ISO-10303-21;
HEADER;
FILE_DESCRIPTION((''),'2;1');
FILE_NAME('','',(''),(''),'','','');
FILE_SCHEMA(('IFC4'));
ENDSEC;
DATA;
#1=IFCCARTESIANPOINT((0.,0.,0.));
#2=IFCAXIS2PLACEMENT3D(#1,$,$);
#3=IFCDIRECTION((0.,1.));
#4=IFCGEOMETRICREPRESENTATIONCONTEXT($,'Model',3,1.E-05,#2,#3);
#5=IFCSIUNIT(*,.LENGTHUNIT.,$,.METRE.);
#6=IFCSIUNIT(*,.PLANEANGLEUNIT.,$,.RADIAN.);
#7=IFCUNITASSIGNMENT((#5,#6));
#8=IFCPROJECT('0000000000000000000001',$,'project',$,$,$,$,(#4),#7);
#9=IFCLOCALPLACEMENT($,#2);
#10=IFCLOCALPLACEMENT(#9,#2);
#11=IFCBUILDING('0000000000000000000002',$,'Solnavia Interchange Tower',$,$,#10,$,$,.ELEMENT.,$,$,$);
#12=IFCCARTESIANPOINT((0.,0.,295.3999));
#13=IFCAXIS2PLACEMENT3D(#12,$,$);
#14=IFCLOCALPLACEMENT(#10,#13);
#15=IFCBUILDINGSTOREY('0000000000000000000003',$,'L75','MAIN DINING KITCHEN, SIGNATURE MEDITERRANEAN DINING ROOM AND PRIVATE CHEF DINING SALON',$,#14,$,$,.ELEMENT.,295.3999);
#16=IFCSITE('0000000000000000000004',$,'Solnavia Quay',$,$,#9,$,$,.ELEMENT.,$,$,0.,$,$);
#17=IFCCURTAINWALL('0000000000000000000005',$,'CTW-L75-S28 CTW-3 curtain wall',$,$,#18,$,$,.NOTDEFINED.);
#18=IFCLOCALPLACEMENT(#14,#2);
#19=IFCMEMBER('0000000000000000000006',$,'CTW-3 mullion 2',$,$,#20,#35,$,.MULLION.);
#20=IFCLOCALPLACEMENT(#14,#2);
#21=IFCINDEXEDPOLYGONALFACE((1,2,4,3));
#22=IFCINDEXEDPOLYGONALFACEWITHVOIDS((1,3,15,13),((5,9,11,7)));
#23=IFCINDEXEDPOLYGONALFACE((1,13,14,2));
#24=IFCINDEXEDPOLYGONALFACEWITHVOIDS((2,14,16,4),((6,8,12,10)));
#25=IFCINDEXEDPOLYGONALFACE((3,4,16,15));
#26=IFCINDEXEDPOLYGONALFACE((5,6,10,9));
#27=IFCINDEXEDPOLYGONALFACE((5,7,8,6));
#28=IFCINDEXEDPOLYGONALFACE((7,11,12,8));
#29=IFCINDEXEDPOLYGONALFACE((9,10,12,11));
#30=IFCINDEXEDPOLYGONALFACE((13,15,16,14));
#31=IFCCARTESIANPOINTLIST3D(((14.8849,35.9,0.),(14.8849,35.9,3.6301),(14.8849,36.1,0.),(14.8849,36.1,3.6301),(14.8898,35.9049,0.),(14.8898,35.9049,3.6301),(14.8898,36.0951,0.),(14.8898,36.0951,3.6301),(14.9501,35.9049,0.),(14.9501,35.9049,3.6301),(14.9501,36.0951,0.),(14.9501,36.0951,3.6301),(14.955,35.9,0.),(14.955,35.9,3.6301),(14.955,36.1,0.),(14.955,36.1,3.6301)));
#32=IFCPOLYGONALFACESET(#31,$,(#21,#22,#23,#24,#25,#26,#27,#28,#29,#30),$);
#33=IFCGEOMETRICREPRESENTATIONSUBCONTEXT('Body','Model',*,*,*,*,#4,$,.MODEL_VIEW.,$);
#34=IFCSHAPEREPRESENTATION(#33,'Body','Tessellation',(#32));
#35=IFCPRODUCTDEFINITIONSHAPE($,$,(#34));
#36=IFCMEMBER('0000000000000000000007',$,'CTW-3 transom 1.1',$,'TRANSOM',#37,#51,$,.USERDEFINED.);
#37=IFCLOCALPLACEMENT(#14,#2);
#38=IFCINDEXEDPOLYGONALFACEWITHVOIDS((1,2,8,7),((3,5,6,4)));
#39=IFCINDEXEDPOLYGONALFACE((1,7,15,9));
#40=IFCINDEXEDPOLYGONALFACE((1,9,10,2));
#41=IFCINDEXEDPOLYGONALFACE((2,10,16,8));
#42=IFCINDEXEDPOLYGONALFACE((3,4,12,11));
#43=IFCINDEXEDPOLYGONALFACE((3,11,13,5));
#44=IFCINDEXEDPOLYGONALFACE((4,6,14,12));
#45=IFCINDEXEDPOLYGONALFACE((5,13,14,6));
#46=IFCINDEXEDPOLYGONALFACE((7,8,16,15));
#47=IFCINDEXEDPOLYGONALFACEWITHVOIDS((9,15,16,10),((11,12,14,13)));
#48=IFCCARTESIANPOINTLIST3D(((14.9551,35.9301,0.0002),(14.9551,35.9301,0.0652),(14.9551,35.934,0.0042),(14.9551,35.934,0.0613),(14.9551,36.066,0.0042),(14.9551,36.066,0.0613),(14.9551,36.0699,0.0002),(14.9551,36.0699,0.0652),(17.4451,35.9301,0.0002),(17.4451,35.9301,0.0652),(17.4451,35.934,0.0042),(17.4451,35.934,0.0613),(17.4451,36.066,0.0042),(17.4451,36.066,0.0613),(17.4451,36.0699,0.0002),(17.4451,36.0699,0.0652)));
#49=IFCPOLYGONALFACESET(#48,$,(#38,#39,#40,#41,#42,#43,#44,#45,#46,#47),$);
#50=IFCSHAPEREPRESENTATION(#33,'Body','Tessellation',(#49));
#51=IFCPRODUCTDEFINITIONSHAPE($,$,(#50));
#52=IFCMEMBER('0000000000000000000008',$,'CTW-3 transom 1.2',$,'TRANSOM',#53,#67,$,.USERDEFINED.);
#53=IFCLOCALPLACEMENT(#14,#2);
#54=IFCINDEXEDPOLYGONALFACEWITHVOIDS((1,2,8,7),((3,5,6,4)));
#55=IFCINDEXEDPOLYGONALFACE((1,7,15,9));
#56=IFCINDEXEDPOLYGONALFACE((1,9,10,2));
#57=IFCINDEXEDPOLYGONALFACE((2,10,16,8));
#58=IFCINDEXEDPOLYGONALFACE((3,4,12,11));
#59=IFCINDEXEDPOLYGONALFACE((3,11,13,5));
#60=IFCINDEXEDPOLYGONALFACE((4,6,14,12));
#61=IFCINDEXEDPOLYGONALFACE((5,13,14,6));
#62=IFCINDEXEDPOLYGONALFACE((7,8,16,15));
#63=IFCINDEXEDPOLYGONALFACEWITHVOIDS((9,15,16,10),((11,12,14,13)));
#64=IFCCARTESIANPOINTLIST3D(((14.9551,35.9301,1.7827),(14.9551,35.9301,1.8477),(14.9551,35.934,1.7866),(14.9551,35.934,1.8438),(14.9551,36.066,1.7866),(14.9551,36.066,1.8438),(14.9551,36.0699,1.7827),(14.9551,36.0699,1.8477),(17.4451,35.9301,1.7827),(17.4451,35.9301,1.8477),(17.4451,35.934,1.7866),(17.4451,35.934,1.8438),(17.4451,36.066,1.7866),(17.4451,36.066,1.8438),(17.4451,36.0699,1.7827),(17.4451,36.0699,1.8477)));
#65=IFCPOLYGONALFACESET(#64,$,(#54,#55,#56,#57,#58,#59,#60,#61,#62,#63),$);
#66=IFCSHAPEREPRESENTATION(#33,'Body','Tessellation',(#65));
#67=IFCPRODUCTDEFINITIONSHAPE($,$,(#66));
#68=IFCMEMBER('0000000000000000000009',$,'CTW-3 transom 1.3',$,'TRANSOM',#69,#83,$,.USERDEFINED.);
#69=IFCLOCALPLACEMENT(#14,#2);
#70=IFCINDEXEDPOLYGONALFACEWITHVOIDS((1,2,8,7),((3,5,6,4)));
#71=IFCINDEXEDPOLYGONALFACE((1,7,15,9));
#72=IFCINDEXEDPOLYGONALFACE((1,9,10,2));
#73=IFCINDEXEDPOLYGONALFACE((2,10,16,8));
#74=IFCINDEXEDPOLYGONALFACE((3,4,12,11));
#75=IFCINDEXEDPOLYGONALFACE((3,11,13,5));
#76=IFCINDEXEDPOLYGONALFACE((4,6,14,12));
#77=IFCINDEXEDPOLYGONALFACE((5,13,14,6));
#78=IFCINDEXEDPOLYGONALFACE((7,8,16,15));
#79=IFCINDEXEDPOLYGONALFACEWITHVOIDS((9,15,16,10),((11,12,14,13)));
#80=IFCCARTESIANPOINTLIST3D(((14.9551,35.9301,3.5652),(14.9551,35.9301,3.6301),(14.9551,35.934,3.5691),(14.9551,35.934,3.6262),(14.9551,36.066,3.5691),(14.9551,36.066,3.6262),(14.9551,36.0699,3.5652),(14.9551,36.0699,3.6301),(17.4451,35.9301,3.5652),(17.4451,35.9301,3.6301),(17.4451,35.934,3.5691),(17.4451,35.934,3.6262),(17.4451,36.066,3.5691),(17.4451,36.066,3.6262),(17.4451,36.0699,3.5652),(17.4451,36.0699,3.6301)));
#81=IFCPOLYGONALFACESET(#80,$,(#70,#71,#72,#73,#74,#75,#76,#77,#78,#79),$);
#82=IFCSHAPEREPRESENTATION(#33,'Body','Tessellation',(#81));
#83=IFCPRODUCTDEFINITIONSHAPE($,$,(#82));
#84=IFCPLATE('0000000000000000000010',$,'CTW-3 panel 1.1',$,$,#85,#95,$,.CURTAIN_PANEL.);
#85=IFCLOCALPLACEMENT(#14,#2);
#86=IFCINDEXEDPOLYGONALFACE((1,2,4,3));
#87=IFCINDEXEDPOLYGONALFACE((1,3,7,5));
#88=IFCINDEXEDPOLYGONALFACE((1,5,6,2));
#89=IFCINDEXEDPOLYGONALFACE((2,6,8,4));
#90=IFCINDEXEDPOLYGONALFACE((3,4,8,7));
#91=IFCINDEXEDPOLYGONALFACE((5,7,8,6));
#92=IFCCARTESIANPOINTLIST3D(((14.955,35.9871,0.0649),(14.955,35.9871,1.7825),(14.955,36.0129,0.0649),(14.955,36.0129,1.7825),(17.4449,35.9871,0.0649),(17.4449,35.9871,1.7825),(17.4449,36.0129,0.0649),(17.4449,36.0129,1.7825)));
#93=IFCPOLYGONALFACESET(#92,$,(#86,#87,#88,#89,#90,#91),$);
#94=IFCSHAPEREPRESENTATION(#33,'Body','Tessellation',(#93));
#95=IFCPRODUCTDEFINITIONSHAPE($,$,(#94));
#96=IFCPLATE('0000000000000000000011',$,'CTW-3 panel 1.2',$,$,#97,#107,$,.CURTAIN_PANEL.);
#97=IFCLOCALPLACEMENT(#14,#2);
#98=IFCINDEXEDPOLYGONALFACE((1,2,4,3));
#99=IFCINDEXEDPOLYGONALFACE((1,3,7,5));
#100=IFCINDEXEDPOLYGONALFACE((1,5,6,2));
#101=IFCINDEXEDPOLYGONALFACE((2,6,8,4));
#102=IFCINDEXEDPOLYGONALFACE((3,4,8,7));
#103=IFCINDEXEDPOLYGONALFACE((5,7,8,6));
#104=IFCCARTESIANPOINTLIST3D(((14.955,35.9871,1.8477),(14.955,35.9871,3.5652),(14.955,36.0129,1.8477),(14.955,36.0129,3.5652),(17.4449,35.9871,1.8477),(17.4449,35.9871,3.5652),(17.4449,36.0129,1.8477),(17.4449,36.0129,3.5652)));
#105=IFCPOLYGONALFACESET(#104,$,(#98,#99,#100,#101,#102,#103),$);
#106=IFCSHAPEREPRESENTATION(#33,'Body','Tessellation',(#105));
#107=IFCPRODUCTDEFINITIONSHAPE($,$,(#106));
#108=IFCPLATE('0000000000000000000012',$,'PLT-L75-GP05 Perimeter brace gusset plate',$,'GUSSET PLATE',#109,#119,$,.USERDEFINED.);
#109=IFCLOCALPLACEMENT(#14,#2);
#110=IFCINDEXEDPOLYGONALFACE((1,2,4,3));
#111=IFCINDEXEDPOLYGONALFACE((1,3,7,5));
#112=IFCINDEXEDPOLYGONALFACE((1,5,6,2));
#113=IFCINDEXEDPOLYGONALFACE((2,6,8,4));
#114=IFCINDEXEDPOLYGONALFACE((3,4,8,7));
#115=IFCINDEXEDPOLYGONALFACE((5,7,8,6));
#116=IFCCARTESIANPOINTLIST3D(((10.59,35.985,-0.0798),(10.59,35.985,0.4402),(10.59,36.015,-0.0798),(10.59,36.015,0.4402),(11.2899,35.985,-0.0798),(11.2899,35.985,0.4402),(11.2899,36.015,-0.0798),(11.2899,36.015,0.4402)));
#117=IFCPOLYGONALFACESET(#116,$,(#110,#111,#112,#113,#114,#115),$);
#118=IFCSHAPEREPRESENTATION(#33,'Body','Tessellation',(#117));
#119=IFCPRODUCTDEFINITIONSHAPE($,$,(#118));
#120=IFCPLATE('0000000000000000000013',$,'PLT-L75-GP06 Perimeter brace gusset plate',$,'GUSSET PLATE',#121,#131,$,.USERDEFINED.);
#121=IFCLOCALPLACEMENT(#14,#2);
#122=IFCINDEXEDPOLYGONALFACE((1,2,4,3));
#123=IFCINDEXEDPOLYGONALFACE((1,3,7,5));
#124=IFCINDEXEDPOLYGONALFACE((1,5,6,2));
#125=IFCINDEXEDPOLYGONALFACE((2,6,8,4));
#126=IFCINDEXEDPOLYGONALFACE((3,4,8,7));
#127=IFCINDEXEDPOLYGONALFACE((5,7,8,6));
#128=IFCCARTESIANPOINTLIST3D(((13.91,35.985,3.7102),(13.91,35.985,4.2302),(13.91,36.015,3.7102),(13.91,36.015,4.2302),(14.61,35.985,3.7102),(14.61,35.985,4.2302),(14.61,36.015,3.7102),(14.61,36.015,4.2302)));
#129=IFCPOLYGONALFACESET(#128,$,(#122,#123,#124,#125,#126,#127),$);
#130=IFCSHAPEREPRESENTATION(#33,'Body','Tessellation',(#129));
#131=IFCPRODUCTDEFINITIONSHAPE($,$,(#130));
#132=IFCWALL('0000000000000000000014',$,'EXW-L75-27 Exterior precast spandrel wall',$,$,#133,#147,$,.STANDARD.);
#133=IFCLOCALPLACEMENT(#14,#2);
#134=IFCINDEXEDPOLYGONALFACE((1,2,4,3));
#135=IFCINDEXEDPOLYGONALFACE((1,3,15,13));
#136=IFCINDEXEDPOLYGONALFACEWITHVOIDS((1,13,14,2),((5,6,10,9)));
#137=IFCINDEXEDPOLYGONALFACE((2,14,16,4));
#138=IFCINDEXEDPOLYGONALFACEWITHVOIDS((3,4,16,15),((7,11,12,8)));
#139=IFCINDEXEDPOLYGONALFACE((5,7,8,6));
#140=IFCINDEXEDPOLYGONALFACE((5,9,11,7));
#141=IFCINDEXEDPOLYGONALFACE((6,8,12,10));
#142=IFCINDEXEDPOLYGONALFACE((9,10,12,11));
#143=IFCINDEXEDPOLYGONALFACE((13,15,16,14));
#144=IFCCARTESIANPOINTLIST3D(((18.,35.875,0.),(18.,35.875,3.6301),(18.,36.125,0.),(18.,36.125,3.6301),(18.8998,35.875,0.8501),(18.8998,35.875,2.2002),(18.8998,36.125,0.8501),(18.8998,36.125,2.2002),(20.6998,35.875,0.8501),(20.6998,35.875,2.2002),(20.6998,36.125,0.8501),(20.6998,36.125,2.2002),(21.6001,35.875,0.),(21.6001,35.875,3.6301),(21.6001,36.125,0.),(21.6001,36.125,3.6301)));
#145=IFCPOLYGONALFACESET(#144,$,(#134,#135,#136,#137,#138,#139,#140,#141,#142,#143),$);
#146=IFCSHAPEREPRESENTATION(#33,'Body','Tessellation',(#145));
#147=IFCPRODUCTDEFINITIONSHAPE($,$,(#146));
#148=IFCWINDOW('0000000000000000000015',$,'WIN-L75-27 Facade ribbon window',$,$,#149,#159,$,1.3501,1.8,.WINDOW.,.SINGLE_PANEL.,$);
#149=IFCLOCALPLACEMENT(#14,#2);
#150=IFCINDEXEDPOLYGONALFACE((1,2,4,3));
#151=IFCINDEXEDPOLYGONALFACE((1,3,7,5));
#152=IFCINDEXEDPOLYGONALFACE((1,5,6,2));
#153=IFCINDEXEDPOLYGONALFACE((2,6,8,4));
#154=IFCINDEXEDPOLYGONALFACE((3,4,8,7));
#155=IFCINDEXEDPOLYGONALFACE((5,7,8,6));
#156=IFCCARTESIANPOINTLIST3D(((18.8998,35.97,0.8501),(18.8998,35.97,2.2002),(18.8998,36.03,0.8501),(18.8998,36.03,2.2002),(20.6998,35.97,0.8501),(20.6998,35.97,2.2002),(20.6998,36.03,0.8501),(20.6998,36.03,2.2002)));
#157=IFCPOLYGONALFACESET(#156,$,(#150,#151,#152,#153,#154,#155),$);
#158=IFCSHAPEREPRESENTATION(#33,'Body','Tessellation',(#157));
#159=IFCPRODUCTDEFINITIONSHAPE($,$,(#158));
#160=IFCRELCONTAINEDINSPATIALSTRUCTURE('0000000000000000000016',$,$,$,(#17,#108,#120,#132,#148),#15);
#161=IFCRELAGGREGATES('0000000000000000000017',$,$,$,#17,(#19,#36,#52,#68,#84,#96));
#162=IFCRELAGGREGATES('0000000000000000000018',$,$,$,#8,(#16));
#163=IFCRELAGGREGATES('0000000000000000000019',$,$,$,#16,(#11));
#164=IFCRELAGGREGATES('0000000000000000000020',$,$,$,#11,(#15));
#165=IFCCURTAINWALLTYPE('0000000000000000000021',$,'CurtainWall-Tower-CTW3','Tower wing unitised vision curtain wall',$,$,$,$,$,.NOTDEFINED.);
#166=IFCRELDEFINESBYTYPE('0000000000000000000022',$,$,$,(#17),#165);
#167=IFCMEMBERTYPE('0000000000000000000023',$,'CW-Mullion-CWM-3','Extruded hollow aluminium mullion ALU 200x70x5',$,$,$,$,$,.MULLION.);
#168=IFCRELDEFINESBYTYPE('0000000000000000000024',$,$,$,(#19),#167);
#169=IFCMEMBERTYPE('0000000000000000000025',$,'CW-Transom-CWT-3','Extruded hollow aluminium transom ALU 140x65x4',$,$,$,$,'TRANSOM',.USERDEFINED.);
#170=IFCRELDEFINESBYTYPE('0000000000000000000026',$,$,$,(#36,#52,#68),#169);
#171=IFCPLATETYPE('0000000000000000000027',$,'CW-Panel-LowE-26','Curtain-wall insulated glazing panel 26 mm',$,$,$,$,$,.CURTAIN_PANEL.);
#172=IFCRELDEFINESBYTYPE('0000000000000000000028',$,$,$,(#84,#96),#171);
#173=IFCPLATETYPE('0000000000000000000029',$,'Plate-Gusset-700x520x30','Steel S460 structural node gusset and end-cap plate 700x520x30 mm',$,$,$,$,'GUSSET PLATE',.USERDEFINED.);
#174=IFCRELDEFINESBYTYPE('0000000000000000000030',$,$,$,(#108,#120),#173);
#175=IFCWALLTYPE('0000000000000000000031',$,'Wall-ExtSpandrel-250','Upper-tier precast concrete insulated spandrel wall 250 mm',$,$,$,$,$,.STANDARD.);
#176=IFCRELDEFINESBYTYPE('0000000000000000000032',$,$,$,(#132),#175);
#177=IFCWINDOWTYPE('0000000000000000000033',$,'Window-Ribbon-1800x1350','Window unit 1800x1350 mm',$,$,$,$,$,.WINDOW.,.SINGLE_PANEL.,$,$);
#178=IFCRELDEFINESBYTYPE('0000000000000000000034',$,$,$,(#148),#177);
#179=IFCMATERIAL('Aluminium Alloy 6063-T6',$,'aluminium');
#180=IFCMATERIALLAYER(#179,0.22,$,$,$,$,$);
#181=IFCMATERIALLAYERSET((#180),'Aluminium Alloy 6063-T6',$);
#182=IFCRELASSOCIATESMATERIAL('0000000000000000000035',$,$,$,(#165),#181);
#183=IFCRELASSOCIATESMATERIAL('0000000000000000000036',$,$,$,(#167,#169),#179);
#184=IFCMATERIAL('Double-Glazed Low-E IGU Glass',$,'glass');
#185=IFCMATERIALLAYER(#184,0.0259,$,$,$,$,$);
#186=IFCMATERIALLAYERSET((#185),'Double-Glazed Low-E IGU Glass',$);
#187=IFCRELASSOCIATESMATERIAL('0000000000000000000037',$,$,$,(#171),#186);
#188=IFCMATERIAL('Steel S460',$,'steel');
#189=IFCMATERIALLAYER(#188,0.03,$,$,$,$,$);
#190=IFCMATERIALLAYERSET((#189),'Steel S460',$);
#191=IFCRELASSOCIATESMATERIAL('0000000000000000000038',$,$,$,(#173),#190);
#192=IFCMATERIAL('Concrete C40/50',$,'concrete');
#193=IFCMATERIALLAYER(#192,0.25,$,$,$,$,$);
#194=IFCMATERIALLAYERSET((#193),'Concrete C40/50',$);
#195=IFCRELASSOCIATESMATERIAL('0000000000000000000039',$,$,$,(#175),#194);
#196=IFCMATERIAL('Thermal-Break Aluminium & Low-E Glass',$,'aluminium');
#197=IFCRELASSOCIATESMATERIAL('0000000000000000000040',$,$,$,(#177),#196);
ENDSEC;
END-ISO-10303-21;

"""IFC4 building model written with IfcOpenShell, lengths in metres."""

from ifc_helpers import new_model, si_unit, direction, frame, frame_2d, origin, origin_2d, place, context, subcontext, project, spatial, rectangle, hollow_rectangle, extrude, material, layer, layer_set, material_profile, profile_set, type_object, element, fill, aggregate, save


model = new_model("IFC4")

# Units and contexts
model_context = context("Model", 3, precision=1e-05, world=origin(), true_north=direction((0.0, 1.0)))
body_context = subcontext(model_context, "Body", "Model", "MODEL_VIEW")
ifc_project = project(units=[si_unit("LENGTHUNIT", "METRE"), si_unit("PLANEANGLEUNIT", "RADIAN")], contexts=[model_context])

# Site, building, storey
site_placement = place(None, origin())
site = spatial("IfcSite", under=ifc_project, at=site_placement, Name="Solnavia Quay", CompositionType="ELEMENT", RefElevation=0.0)
building_placement = place(site_placement, origin())
building = spatial("IfcBuilding", under=site, at=building_placement, Name="Solnavia Interchange Tower", CompositionType="ELEMENT")
storey_placement = place(building_placement, frame((0.0, 0.0, 295.3999)))
storey = spatial("IfcBuildingStorey", under=building, at=storey_placement, Name="L75", Description="MAIN DINING KITCHEN, SIGNATURE MEDITERRANEAN DINING ROOM AND PRIVATE CHEF DINING SALON", CompositionType="ELEMENT", Elevation=295.3999)

# Shared definitions
ifc_material_1 = material(Name="Steel S460", Category="steel")

# Curtain wall, members, plates
ifc_material_2 = material(Name="Aluminium Alloy 6063-T6", Category="aluminium")
ifc_layer_1 = layer(ifc_material_2, 0.22)
ifc_layer_set_1 = layer_set([ifc_layer_1], Name="Aluminium Alloy 6063-T6")
curtain_wall_type = type_object("IfcCurtainWallType", Name="CurtainWall-Tower-CTW3", Description="Tower wing unitised vision curtain wall", PredefinedType="NOTDEFINED", material=ifc_layer_set_1)
curtain_wall_placement = place(storey_placement, origin())
curtain_wall = element("IfcCurtainWall", 1, at=curtain_wall_placement, inside=storey, type_object=curtain_wall_type, Name="CTW-L75-S28 CTW-3 curtain wall", PredefinedType="NOTDEFINED")
ifc_material_profile_1 = material_profile(ifc_material_2, hollow_rectangle(XDim=0.0701, YDim=0.2, WallThickness=0.0049, at=origin_2d()), Name="ALU 200x70x5")
ifc_profile_set_1 = profile_set([ifc_material_profile_1], Name="Aluminium Alloy 6063-T6")
member_type_1 = type_object("IfcMemberType", Name="CW-Mullion-CWM-3", Description="Extruded hollow aluminium mullion ALU 200x70x5", PredefinedType="MULLION", material=ifc_profile_set_1)
member_1_placement = place(storey_placement, frame((14.9199, 36.0, 0.0), z_axis=(0.0, 0.0, 1.0), x_axis=(-1.0, 0.0, 0.0)))
member_1 = element("IfcMember", 2, at=member_1_placement, type_object=member_type_1, Name="CTW-3 mullion 2", PredefinedType="MULLION", context=body_context, shape_type="SweptSolid", body=[
    extrude(hollow_rectangle(XDim=0.0701, YDim=0.2, WallThickness=0.0049, at=origin_2d()), origin(), (0.0, 0.0, 1.0), 3.6301),
])
ifc_material_profile_2 = material_profile(ifc_material_2, hollow_rectangle(XDim=0.0649, YDim=0.1399, WallThickness=0.0039, at=origin_2d()), Name="ALU 140x65x4")
ifc_profile_set_2 = profile_set([ifc_material_profile_2], Name="Aluminium Alloy 6063-T6")
member_type_2 = type_object("IfcMemberType", Name="CW-Transom-CWT-3", Description="Extruded hollow aluminium transom ALU 140x65x4", ElementType="TRANSOM", PredefinedType="USERDEFINED", material=ifc_profile_set_2)
member_2_placement = place(storey_placement, frame((17.4451, 36.0, 0.0327), z_axis=(-1.0, 0.0, 0.0), x_axis=(0.0, 0.0, 1.0)))
member_2 = element("IfcMember", 3, at=member_2_placement, type_object=member_type_2, Name="CTW-3 transom 1.1", ObjectType="TRANSOM", PredefinedType="USERDEFINED", context=body_context, shape_type="SweptSolid", body=[
    extrude(hollow_rectangle(XDim=0.0649, YDim=0.1399, WallThickness=0.0039, at=origin_2d()), origin(), (0.0, 0.0, 1.0), 2.49),
])
member_3_placement = place(storey_placement, frame((17.4451, 36.0, 1.8152), z_axis=(-1.0, 0.0, 0.0), x_axis=(0.0, 0.0, 1.0)))
member_3 = element("IfcMember", 4, at=member_3_placement, type_object=member_type_2, Name="CTW-3 transom 1.2", ObjectType="TRANSOM", PredefinedType="USERDEFINED", context=body_context, shape_type="SweptSolid", body=[
    extrude(hollow_rectangle(XDim=0.0649, YDim=0.1399, WallThickness=0.0039, at=origin_2d()), origin(), (0.0, 0.0, 1.0), 2.49),
])
member_4_placement = place(storey_placement, frame((17.4451, 36.0, 3.5977), z_axis=(-1.0, 0.0, 0.0), x_axis=(0.0, 0.0, 1.0)))
member_4 = element("IfcMember", 5, at=member_4_placement, type_object=member_type_2, Name="CTW-3 transom 1.3", ObjectType="TRANSOM", PredefinedType="USERDEFINED", context=body_context, shape_type="SweptSolid", body=[
    extrude(hollow_rectangle(XDim=0.0649, YDim=0.1399, WallThickness=0.0039, at=origin_2d()), origin(), (0.0, 0.0, 1.0), 2.49),
])
ifc_material_3 = material(Name="Double-Glazed Low-E IGU Glass", Category="glass")
ifc_layer_2 = layer(ifc_material_3, 0.0259)
ifc_layer_set_2 = layer_set([ifc_layer_2], Name="Double-Glazed Low-E IGU Glass")
plate_type_1 = type_object("IfcPlateType", Name="CW-Panel-LowE-26", Description="Curtain-wall insulated glazing panel 26 mm", PredefinedType="CURTAIN_PANEL", material=ifc_layer_set_2)
plate_1_placement = place(storey_placement, frame((16.2, 36.0, 0.0649), z_axis=(0.0, 0.0, 1.0), x_axis=(-1.0, 0.0, 0.0)))
plate_1 = element("IfcPlate", 6, at=plate_1_placement, type_object=plate_type_1, Name="CTW-3 panel 1.1", PredefinedType="CURTAIN_PANEL", context=body_context, shape_type="SweptSolid", body=[
    extrude(rectangle(XDim=2.49, YDim=0.0259, at=origin_2d()), origin(), (0.0, 0.0, 1.0), 1.7175),
])
plate_2_placement = place(storey_placement, frame((16.2, 36.0, 1.8477), z_axis=(0.0, 0.0, 1.0), x_axis=(-1.0, 0.0, 0.0)))
plate_2 = element("IfcPlate", 7, at=plate_2_placement, type_object=plate_type_1, Name="CTW-3 panel 1.2", PredefinedType="CURTAIN_PANEL", context=body_context, shape_type="SweptSolid", body=[
    extrude(rectangle(XDim=2.49, YDim=0.0259, at=origin_2d()), origin(), (0.0, 0.0, 1.0), 1.7175),
])
aggregate(curtain_wall, [member_1, member_2, member_3, member_4, plate_1, plate_2])

# Plates
ifc_layer_3 = layer(ifc_material_1, 0.03)
ifc_layer_set_3 = layer_set([ifc_layer_3], Name="Steel S460")
plate_type_2 = type_object("IfcPlateType", Name="Plate-Gusset-700x520x30", Description="Steel S460 structural node gusset and end-cap plate 700x520x30 mm", ElementType="GUSSET PLATE", PredefinedType="USERDEFINED", material=ifc_layer_set_3)
for number, where, z_axis, x_axis, name in (
    (8, (10.9399, 36.0, -0.0798), (0.0, 0.0, 1.0), (1.0, 0.0, 0.0), "PLT-L75-GP05 Perimeter brace gusset plate"),
    (9, (14.26, 36.0, 3.7102), (0.0, 0.0, 1.0), (1.0, 0.0, 0.0), "PLT-L75-GP06 Perimeter brace gusset plate"),
):
    element("IfcPlate", number, at=place(storey_placement, frame(where, z_axis=z_axis, x_axis=x_axis)), inside=storey, type_object=plate_type_2, Name=name, ObjectType="GUSSET PLATE", PredefinedType="USERDEFINED", context=body_context, shape_type="SweptSolid", body=[
        extrude(rectangle(XDim=0.7, YDim=0.03, at=origin_2d()), origin(), (0.0, 0.0, 1.0), 0.52),
    ])

# Wall, opening, window
ifc_material_4 = material(Name="Concrete C40/50", Category="concrete")
ifc_layer_4 = layer(ifc_material_4, 0.25)
ifc_layer_set_4 = layer_set([ifc_layer_4], Name="Concrete C40/50")
wall_type_1 = type_object("IfcWallType", Name="Wall-ExtSpandrel-250", Description="Upper-tier precast concrete insulated spandrel wall 250 mm", PredefinedType="STANDARD", material=ifc_layer_set_4)
wall_1_placement = place(storey_placement, frame((18.0, 36.0, 0.0), z_axis=(0.0, 0.0, 1.0), x_axis=(1.0, 0.0, 0.0)))
wall_1 = element("IfcWall", 10, at=wall_1_placement, inside=storey, type_object=wall_type_1, Name="EXW-L75-27 Exterior precast spandrel wall", PredefinedType="STANDARD", context=body_context, shape_type="SweptSolid", body=[
    extrude(rectangle(XDim=3.6001, YDim=0.25, at=frame_2d((1.8, 0.0))), origin(), (0.0, 0.0, 1.0), 3.6301),
])
opening_1_placement = place(wall_1_placement, frame((0.8999, 0.0, 0.8501)))
opening_1 = element("IfcOpeningElement", 11, at=opening_1_placement, cuts=wall_1, PredefinedType="OPENING", context=body_context, shape_type="SweptSolid", body=[
    extrude(rectangle(XDim=1.8, YDim=1.3501, at=frame_2d((0.8999, 0.675))), frame((0.0, 0.135, 0.0), z_axis=(0.0, -1.0, 0.0), x_axis=(1.0, 0.0, 0.0)), (0.0, 0.0, 1.0), 0.27),
])
ifc_material_5 = material(Name="Thermal-Break Aluminium & Low-E Glass", Category="aluminium")
window_type = type_object("IfcWindowType", Name="Window-Ribbon-1800x1350", Description="Window unit 1800x1350 mm", PartitioningType="SINGLE_PANEL", PredefinedType="WINDOW", material=ifc_material_5)
window_placement = place(opening_1_placement, origin())
window = element("IfcWindow", 12, at=window_placement, inside=storey, type_object=window_type, Name="WIN-L75-27 Facade ribbon window", OverallHeight=1.3501, OverallWidth=1.8, PartitioningType="SINGLE_PANEL", PredefinedType="WINDOW", context=body_context, shape_type="SweptSolid", body=[
    extrude(rectangle(XDim=1.8, YDim=1.3501, at=frame_2d((0.8999, 0.675))), frame((0.0, 0.03, 0.0), z_axis=(0.0, -1.0, 0.0), x_axis=(1.0, 0.0, 0.0)), (0.0, 0.0, 1.0), 0.0601),
])
fill(opening_1, window)

save(model, "model.ifc")
